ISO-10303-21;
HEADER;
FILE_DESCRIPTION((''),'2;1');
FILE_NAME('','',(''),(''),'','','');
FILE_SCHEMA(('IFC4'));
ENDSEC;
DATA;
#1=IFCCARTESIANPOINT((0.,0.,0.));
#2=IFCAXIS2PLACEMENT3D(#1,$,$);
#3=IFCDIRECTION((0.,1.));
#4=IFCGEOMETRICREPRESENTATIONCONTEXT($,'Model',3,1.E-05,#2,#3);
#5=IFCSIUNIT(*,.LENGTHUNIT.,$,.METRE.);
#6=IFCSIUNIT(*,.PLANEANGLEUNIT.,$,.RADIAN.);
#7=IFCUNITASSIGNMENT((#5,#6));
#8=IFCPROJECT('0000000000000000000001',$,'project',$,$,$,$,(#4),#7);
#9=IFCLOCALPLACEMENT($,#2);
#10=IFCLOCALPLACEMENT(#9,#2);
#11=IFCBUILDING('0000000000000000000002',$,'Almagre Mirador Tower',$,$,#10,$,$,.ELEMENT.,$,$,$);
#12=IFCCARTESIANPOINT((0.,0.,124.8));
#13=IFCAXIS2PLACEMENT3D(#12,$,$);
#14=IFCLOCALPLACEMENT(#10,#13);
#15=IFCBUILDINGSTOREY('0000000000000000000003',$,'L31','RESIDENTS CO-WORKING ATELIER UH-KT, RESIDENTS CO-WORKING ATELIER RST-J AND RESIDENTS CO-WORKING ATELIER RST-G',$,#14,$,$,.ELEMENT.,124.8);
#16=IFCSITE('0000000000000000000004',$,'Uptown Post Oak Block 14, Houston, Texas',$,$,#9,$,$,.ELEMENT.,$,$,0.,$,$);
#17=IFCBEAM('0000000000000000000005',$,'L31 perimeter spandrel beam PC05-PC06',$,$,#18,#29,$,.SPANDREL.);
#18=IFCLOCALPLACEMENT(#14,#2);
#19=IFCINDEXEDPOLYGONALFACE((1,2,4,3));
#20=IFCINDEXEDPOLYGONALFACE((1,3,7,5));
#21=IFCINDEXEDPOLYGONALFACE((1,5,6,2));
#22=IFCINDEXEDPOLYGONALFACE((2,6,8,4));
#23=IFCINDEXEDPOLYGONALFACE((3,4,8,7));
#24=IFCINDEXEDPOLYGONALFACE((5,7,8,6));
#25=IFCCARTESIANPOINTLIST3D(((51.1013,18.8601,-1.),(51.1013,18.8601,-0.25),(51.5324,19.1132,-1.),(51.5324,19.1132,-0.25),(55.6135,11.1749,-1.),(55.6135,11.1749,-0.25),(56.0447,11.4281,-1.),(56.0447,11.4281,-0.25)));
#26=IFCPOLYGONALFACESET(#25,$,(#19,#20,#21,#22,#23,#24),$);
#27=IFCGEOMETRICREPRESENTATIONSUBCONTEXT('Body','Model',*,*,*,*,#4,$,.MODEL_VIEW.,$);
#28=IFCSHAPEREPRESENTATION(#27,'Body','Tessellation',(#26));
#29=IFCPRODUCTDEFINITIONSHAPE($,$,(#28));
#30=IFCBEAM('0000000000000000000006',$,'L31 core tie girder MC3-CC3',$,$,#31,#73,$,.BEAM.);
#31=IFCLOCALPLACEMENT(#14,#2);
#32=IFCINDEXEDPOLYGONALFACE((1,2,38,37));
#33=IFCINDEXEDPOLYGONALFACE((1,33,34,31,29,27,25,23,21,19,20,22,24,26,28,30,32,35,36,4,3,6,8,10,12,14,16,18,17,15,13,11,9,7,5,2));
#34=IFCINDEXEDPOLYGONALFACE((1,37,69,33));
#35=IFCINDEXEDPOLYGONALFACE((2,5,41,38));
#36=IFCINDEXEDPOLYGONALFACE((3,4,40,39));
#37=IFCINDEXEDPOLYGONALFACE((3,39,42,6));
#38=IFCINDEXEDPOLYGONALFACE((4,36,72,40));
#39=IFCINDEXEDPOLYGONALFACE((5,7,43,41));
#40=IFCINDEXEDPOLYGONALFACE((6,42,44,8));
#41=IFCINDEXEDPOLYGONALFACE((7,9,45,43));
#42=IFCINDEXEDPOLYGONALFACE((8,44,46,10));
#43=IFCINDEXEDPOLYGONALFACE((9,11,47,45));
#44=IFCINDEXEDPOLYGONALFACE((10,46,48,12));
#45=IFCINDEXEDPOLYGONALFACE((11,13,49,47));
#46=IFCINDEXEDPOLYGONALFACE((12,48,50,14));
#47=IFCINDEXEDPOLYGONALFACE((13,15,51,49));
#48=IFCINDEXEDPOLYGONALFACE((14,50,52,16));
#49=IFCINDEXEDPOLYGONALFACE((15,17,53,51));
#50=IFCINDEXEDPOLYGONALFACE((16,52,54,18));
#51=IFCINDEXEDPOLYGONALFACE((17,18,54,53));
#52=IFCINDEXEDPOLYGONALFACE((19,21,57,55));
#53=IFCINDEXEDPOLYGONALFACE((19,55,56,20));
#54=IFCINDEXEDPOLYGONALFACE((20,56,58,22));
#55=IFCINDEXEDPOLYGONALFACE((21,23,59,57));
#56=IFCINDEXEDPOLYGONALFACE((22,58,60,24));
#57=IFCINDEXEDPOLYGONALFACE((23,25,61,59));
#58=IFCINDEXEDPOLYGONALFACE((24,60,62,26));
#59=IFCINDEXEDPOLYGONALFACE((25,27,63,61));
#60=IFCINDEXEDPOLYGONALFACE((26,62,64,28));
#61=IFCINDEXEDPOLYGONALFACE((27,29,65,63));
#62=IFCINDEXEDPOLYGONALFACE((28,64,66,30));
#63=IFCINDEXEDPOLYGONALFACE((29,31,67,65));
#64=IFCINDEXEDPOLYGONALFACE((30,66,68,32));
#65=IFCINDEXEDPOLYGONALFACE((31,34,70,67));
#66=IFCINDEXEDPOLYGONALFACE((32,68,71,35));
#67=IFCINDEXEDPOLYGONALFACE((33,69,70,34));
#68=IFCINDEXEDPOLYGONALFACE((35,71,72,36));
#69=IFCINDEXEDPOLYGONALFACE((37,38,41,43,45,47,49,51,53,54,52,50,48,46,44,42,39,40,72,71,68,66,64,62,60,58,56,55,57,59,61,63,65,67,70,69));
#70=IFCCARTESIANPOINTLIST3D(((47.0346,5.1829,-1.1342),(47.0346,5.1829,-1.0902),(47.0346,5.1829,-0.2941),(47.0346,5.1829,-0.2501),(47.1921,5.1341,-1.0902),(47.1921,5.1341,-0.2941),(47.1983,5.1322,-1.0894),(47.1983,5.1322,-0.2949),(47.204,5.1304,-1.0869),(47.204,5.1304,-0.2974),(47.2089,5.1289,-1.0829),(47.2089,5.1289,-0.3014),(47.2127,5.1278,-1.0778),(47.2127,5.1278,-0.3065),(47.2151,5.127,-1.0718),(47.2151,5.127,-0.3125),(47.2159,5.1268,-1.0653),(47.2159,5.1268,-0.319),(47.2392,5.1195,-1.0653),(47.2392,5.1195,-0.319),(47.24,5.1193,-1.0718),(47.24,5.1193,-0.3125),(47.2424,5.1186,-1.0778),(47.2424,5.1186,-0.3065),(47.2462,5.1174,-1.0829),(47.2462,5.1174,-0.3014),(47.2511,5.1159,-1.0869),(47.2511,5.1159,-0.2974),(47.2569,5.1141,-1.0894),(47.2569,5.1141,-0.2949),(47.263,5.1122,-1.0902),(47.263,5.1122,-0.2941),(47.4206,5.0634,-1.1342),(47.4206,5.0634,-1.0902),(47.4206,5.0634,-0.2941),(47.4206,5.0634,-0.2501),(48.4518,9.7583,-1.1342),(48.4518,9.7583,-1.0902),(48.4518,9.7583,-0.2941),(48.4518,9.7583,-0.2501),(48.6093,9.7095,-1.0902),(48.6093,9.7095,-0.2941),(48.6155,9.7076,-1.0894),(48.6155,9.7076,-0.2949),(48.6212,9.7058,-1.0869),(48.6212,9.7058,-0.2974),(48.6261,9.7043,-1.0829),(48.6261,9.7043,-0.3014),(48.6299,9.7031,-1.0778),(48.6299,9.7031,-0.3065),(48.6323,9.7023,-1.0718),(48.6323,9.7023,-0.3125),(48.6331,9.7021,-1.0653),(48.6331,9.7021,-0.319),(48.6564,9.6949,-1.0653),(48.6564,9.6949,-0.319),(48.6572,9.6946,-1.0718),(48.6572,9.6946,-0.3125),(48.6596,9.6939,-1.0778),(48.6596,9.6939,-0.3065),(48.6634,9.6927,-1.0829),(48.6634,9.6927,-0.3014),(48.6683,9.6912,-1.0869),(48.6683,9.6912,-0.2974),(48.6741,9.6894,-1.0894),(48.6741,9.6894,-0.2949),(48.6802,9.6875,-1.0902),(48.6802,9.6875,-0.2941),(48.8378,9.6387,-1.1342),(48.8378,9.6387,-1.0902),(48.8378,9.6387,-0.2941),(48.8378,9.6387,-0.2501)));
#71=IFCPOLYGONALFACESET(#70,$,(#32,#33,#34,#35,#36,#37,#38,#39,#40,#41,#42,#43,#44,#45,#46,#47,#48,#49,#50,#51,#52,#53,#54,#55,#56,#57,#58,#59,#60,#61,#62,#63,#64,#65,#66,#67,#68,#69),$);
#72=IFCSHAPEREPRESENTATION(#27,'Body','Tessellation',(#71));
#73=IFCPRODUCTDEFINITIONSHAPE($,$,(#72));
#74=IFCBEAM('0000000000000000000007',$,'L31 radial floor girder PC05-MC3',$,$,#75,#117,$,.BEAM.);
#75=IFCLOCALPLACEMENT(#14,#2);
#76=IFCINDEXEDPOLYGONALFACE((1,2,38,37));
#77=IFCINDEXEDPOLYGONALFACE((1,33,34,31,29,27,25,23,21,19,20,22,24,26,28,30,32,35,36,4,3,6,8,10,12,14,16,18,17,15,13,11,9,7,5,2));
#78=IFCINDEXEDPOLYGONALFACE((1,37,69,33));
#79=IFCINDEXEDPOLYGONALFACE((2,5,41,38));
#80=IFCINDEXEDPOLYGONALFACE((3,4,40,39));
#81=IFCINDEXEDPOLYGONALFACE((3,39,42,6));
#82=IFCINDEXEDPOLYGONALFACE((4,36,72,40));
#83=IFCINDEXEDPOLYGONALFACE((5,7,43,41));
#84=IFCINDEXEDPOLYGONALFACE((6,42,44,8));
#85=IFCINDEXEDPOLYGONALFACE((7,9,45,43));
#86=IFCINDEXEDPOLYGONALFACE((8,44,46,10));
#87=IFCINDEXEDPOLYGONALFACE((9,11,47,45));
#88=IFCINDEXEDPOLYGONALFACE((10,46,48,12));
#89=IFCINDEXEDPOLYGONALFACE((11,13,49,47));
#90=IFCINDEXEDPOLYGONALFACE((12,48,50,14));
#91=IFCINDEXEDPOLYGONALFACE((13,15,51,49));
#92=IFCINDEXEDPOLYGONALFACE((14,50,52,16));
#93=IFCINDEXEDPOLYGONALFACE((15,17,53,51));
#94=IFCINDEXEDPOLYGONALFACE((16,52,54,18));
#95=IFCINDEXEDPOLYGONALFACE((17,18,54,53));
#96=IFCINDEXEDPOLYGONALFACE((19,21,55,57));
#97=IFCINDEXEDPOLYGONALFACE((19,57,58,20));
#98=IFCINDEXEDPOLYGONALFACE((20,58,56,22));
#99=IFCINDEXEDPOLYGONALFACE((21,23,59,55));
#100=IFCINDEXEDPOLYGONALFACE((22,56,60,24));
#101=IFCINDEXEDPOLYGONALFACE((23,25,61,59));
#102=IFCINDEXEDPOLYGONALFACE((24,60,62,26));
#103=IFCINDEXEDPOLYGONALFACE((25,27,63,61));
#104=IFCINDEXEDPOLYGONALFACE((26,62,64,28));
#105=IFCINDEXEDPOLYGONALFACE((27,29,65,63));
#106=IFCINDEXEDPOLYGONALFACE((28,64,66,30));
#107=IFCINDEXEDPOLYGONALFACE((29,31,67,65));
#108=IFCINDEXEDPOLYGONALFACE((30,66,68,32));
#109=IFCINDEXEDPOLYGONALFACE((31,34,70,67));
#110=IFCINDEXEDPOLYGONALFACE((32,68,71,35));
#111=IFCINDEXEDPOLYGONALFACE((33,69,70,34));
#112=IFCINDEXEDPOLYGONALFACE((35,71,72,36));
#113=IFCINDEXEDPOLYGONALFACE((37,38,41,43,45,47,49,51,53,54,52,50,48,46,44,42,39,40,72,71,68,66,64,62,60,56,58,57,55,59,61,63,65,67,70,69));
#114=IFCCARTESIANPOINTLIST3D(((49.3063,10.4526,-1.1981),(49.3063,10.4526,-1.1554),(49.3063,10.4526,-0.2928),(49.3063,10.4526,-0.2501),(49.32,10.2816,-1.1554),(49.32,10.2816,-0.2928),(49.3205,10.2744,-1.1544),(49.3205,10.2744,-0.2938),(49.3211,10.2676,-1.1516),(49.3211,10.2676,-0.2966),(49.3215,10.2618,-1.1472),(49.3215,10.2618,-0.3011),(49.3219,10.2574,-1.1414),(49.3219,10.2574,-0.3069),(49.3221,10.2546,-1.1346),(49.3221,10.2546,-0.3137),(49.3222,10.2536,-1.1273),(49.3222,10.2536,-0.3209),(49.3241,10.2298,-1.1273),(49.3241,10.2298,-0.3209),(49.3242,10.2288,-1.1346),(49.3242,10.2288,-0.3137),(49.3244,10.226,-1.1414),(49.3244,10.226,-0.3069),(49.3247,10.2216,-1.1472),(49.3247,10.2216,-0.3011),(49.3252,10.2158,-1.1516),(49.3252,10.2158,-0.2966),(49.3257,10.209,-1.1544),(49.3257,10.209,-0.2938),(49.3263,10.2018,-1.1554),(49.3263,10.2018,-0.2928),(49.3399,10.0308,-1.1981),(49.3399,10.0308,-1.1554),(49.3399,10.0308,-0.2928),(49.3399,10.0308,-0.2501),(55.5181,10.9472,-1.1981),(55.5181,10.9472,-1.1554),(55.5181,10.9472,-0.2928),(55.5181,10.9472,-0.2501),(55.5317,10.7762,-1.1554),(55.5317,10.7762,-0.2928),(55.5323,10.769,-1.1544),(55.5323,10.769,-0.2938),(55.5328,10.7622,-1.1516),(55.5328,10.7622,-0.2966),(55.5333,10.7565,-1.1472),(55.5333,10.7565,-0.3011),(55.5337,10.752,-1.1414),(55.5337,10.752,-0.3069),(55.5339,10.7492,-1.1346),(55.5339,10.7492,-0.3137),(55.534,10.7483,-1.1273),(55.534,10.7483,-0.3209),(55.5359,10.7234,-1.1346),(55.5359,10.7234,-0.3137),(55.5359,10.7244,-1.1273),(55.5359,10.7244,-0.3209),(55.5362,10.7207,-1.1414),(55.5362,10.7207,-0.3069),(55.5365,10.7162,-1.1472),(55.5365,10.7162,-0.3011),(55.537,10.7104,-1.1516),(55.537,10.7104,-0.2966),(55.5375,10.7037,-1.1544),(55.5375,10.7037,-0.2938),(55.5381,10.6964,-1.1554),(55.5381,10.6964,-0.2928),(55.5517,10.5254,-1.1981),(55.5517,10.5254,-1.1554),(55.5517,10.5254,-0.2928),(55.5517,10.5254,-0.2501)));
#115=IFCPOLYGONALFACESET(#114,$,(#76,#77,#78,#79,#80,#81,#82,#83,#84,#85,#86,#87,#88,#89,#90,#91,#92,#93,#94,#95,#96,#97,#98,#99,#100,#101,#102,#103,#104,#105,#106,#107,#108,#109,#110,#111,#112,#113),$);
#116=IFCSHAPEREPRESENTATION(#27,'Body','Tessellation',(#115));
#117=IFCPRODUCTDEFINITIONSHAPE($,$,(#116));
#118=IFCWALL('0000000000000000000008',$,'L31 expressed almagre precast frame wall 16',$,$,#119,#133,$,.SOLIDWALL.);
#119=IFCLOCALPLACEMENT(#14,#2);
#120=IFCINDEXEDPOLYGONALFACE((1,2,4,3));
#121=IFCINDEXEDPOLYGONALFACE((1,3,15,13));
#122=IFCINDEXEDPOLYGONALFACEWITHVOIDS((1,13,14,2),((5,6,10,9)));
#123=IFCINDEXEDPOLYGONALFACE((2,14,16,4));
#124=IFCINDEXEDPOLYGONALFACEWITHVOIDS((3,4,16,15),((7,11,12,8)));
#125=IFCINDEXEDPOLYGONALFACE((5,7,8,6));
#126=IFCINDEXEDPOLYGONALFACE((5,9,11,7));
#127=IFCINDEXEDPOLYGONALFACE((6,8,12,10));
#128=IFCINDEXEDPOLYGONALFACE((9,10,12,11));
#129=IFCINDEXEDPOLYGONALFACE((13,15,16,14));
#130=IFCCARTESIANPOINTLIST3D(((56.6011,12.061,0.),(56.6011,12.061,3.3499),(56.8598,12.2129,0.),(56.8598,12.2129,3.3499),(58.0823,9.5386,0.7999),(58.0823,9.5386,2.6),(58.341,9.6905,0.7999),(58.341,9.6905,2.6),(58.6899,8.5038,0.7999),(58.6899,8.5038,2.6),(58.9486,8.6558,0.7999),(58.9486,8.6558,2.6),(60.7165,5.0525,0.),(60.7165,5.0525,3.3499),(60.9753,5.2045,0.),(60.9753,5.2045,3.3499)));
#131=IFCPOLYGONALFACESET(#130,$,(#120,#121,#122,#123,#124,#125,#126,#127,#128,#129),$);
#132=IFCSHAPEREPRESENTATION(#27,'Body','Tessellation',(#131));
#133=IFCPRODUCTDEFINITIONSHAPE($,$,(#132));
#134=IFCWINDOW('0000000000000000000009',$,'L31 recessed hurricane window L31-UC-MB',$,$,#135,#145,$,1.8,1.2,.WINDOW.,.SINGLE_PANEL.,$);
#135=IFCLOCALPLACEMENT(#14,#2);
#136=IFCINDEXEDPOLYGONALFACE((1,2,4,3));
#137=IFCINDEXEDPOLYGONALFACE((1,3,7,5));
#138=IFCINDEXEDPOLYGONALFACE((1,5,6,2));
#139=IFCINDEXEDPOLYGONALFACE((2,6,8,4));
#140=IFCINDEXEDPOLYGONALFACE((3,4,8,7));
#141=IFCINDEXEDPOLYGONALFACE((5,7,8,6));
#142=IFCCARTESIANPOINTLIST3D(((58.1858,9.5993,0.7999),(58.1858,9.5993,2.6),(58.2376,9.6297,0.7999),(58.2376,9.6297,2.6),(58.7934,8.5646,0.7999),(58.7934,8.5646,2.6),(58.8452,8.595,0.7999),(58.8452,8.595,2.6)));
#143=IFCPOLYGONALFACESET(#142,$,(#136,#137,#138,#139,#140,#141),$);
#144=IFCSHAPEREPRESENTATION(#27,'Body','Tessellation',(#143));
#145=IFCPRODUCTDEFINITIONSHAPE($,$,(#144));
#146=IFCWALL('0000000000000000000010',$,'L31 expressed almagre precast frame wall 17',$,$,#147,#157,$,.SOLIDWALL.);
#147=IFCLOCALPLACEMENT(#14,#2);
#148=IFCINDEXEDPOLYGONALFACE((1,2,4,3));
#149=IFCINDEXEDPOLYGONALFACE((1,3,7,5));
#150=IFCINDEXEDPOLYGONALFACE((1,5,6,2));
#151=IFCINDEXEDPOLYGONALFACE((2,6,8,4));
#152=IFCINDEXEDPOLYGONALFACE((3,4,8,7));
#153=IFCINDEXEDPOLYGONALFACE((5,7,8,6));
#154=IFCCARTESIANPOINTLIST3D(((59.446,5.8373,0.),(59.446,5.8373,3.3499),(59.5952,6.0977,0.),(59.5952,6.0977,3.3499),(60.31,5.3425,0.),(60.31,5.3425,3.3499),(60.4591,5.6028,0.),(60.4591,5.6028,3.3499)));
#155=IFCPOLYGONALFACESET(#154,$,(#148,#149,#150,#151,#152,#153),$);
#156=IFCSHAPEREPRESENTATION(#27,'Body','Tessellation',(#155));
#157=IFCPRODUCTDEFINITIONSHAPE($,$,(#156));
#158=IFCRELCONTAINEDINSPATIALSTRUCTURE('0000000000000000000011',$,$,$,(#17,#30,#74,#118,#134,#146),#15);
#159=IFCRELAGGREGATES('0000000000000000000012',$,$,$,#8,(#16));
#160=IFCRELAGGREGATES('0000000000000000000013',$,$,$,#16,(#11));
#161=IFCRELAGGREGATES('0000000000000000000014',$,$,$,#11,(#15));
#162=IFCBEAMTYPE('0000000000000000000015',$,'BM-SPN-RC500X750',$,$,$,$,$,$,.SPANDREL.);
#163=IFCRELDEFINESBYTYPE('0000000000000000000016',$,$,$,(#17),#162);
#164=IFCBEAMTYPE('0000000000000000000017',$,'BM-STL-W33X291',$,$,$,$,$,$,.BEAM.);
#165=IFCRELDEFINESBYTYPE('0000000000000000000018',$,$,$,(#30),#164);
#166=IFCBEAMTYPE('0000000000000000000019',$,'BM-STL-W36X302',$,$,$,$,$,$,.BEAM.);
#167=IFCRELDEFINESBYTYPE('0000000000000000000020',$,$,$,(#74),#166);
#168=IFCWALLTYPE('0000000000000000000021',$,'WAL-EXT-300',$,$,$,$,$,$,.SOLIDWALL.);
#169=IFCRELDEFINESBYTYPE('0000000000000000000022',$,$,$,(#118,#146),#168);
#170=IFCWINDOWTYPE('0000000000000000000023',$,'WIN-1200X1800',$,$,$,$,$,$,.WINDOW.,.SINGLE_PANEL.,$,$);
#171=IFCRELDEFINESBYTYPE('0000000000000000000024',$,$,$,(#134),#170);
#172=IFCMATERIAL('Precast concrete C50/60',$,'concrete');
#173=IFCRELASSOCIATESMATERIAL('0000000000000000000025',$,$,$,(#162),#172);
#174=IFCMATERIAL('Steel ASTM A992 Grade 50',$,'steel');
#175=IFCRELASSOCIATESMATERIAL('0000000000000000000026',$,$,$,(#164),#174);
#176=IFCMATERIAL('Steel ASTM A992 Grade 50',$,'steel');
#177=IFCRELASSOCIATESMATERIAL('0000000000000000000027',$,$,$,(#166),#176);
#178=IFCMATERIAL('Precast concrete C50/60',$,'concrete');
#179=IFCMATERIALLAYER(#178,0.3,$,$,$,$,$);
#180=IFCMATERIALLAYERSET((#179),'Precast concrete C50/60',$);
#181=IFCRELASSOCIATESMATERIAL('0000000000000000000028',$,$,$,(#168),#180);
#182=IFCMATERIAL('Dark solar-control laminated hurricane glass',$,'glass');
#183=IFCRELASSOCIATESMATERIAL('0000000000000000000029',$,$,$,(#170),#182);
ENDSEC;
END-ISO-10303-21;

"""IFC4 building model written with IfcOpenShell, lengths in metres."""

from ifc_helpers import new_model, si_unit, direction, frame, frame_2d, origin, origin_2d, place, context, subcontext, project, spatial, rectangle, i_section, extrude, material, layer, layer_set, material_profile, profile_set, type_object, element, fill, save


model = new_model("IFC4")

# Units and contexts
model_context = context("Model", 3, precision=1e-05, world=origin(), true_north=direction((0.0, 1.0)))
body_context = subcontext(model_context, "Body", "Model", "MODEL_VIEW")
ifc_project = project(units=[si_unit("LENGTHUNIT", "METRE"), si_unit("PLANEANGLEUNIT", "RADIAN")], contexts=[model_context])

# Site, building, storey
site_placement = place(None, origin())
site = spatial("IfcSite", under=ifc_project, at=site_placement, Name="Uptown Post Oak Block 14, Houston, Texas", CompositionType="ELEMENT", RefElevation=0.0)
building_placement = place(site_placement, origin())
building = spatial("IfcBuilding", under=site, at=building_placement, Name="Almagre Mirador Tower", CompositionType="ELEMENT")
storey_placement = place(building_placement, frame((0.0, 0.0, 124.8)))
storey = spatial("IfcBuildingStorey", under=building, at=storey_placement, Name="L31", Description="RESIDENTS CO-WORKING ATELIER UH-KT, RESIDENTS CO-WORKING ATELIER RST-J AND RESIDENTS CO-WORKING ATELIER RST-G", CompositionType="ELEMENT", Elevation=124.8)

# Beams
ifc_material_1 = material(Name="Precast concrete C50/60", Category="concrete")
ifc_material_profile_1 = material_profile(ifc_material_1, rectangle(XDim=0.5, YDim=0.75, at=origin_2d()), Name="RC500X750")
ifc_profile_set_1 = profile_set([ifc_material_profile_1], Name="Precast concrete C50/60")
beam_type_1 = type_object("IfcBeamType", Name="BM-SPN-RC500X750", PredefinedType="SPANDREL", material=ifc_profile_set_1)
beam_1_placement = place(storey_placement, frame((55.8291, 11.3015, -0.625), z_axis=(-0.506318, 0.862347, 0.0), x_axis=(-0.862347, -0.506318, 0.0)))
element("IfcBeam", 1, at=beam_1_placement, inside=storey, type_object=beam_type_1, Name="L31 perimeter spandrel beam PC05-PC06", PredefinedType="SPANDREL", context=body_context, shape_type="SweptSolid", body=[
    extrude(rectangle(XDim=0.5, YDim=0.75, at=origin_2d()), origin(), (0.0, 0.0, 1.0), 8.9119),
])
ifc_material_2 = material(Name="Steel ASTM A992 Grade 50", Category="steel")
ifc_material_profile_2 = material_profile(ifc_material_2, i_section(OverallWidth=0.4041, OverallDepth=0.884, WebThickness=0.0244, FlangeThickness=0.0439, FilletRadius=0.0249, at=origin_2d()), Name="W33X291")
ifc_profile_set_2 = profile_set([ifc_material_profile_2], Name="Steel ASTM A992 Grade 50")
beam_type_2 = type_object("IfcBeamType", Name="BM-STL-W33X291", PredefinedType="BEAM", material=ifc_profile_set_2)
beam_2_placement = place(storey_placement, frame((48.6448, 9.6985, -0.6921), z_axis=(-0.29588, -0.955225, 0.0), x_axis=(0.955225, -0.29588, 0.0)))
element("IfcBeam", 2, at=beam_2_placement, inside=storey, type_object=beam_type_2, Name="L31 core tie girder MC3-CC3", PredefinedType="BEAM", context=body_context, shape_type="SweptSolid", body=[
    extrude(i_section(OverallWidth=0.4041, OverallDepth=0.884, WebThickness=0.0244, FlangeThickness=0.0439, FilletRadius=0.0249, at=origin_2d()), origin(), (0.0, 0.0, 1.0), 4.7898),
])
ifc_material_3 = material(Name="Steel ASTM A992 Grade 50", Category="steel")
ifc_material_profile_3 = material_profile(ifc_material_3, i_section(OverallWidth=0.4231, OverallDepth=0.948, WebThickness=0.0239, FlangeThickness=0.0427, FilletRadius=0.0281, at=origin_2d()), Name="W36X302")
ifc_profile_set_3 = profile_set([ifc_material_profile_3], Name="Steel ASTM A992 Grade 50")
beam_type_3 = type_object("IfcBeamType", Name="BM-STL-W36X302", PredefinedType="BEAM", material=ifc_profile_set_3)
beam_3_placement = place(storey_placement, frame((55.5349, 10.7363, -0.7241), z_axis=(-0.996845, -0.079378, 0.0), x_axis=(0.079378, -0.996845, 0.0)))
element("IfcBeam", 3, at=beam_3_placement, inside=storey, type_object=beam_type_3, Name="L31 radial floor girder PC05-MC3", PredefinedType="BEAM", context=body_context, shape_type="SweptSolid", body=[
    extrude(i_section(OverallWidth=0.4231, OverallDepth=0.948, WebThickness=0.0239, FlangeThickness=0.0427, FilletRadius=0.0281, at=origin_2d()), origin(), (0.0, 0.0, 1.0), 6.2314),
])

# Wall, opening, window
ifc_material_4 = material(Name="Precast concrete C50/60", Category="concrete")
ifc_layer_1 = layer(ifc_material_4, 0.3)
ifc_layer_set_1 = layer_set([ifc_layer_1], Name="Precast concrete C50/60")
wall_type_1 = type_object("IfcWallType", Name="WAL-EXT-300", PredefinedType="SOLIDWALL", material=ifc_layer_set_1)
wall_1_placement = place(storey_placement, frame((56.7305, 12.137, 0.0), z_axis=(0.0, 0.0, 1.0), x_axis=(0.506362, -0.862321, 0.0)))
wall_1 = element("IfcWall", 4, at=wall_1_placement, inside=storey, type_object=wall_type_1, Name="L31 expressed almagre precast frame wall 16", PredefinedType="SOLIDWALL", context=body_context, shape_type="SweptSolid", body=[
    extrude(rectangle(XDim=8.1274, YDim=0.3, at=frame_2d((4.0637, 0.0))), origin(), (0.0, 0.0, 1.0), 3.3499),
])
opening_1_placement = place(wall_1_placement, frame((2.925, 0.0, 0.8)))
opening_1 = element("IfcOpeningElement", 5, at=opening_1_placement, cuts=wall_1, PredefinedType="OPENING", context=body_context, shape_type="SweptSolid", body=[
    extrude(rectangle(XDim=1.2, YDim=1.8, at=frame_2d((0.6001, 0.8999))), frame((0.0, 0.1599, 0.0), z_axis=(0.0, -1.0, 0.0), x_axis=(1.0, 0.0, 0.0)), (0.0, 0.0, 1.0), 0.32),
])
ifc_material_5 = material(Name="Dark solar-control laminated hurricane glass", Category="glass")
window_type = type_object("IfcWindowType", Name="WIN-1200X1800", PartitioningType="SINGLE_PANEL", PredefinedType="WINDOW", material=ifc_material_5)
window_1_placement = place(opening_1_placement, origin())
window_1 = element("IfcWindow", 6, at=window_1_placement, inside=storey, type_object=window_type, Name="L31 recessed hurricane window L31-UC-MB", OverallHeight=1.8, OverallWidth=1.2, PartitioningType="SINGLE_PANEL", PredefinedType="WINDOW", context=body_context, shape_type="SweptSolid", body=[
    extrude(rectangle(XDim=1.2, YDim=1.8, at=frame_2d((0.6001, 0.8999))), frame((0.0, 0.03, 0.0), z_axis=(0.0, -1.0, 0.0), x_axis=(1.0, 0.0, 0.0)), (0.0, 0.0, 1.0), 0.0601),
])
fill(opening_1, window_1)

# Wall
wall_2_placement = place(storey_placement, frame((60.3845, 5.4727, 0.0), z_axis=(0.0, 0.0, 1.0), x_axis=(-0.867745, 0.49701, 0.0)))
element("IfcWall", 7, at=wall_2_placement, inside=storey, type_object=wall_type_1, Name="L31 expressed almagre precast frame wall 17", PredefinedType="SOLIDWALL", context=body_context, shape_type="SweptSolid", body=[
    extrude(rectangle(XDim=0.9956, YDim=0.3, at=frame_2d((0.4978, 0.0))), origin(), (0.0, 0.0, 1.0), 3.3499),
])

save(model, "model.ifc")
